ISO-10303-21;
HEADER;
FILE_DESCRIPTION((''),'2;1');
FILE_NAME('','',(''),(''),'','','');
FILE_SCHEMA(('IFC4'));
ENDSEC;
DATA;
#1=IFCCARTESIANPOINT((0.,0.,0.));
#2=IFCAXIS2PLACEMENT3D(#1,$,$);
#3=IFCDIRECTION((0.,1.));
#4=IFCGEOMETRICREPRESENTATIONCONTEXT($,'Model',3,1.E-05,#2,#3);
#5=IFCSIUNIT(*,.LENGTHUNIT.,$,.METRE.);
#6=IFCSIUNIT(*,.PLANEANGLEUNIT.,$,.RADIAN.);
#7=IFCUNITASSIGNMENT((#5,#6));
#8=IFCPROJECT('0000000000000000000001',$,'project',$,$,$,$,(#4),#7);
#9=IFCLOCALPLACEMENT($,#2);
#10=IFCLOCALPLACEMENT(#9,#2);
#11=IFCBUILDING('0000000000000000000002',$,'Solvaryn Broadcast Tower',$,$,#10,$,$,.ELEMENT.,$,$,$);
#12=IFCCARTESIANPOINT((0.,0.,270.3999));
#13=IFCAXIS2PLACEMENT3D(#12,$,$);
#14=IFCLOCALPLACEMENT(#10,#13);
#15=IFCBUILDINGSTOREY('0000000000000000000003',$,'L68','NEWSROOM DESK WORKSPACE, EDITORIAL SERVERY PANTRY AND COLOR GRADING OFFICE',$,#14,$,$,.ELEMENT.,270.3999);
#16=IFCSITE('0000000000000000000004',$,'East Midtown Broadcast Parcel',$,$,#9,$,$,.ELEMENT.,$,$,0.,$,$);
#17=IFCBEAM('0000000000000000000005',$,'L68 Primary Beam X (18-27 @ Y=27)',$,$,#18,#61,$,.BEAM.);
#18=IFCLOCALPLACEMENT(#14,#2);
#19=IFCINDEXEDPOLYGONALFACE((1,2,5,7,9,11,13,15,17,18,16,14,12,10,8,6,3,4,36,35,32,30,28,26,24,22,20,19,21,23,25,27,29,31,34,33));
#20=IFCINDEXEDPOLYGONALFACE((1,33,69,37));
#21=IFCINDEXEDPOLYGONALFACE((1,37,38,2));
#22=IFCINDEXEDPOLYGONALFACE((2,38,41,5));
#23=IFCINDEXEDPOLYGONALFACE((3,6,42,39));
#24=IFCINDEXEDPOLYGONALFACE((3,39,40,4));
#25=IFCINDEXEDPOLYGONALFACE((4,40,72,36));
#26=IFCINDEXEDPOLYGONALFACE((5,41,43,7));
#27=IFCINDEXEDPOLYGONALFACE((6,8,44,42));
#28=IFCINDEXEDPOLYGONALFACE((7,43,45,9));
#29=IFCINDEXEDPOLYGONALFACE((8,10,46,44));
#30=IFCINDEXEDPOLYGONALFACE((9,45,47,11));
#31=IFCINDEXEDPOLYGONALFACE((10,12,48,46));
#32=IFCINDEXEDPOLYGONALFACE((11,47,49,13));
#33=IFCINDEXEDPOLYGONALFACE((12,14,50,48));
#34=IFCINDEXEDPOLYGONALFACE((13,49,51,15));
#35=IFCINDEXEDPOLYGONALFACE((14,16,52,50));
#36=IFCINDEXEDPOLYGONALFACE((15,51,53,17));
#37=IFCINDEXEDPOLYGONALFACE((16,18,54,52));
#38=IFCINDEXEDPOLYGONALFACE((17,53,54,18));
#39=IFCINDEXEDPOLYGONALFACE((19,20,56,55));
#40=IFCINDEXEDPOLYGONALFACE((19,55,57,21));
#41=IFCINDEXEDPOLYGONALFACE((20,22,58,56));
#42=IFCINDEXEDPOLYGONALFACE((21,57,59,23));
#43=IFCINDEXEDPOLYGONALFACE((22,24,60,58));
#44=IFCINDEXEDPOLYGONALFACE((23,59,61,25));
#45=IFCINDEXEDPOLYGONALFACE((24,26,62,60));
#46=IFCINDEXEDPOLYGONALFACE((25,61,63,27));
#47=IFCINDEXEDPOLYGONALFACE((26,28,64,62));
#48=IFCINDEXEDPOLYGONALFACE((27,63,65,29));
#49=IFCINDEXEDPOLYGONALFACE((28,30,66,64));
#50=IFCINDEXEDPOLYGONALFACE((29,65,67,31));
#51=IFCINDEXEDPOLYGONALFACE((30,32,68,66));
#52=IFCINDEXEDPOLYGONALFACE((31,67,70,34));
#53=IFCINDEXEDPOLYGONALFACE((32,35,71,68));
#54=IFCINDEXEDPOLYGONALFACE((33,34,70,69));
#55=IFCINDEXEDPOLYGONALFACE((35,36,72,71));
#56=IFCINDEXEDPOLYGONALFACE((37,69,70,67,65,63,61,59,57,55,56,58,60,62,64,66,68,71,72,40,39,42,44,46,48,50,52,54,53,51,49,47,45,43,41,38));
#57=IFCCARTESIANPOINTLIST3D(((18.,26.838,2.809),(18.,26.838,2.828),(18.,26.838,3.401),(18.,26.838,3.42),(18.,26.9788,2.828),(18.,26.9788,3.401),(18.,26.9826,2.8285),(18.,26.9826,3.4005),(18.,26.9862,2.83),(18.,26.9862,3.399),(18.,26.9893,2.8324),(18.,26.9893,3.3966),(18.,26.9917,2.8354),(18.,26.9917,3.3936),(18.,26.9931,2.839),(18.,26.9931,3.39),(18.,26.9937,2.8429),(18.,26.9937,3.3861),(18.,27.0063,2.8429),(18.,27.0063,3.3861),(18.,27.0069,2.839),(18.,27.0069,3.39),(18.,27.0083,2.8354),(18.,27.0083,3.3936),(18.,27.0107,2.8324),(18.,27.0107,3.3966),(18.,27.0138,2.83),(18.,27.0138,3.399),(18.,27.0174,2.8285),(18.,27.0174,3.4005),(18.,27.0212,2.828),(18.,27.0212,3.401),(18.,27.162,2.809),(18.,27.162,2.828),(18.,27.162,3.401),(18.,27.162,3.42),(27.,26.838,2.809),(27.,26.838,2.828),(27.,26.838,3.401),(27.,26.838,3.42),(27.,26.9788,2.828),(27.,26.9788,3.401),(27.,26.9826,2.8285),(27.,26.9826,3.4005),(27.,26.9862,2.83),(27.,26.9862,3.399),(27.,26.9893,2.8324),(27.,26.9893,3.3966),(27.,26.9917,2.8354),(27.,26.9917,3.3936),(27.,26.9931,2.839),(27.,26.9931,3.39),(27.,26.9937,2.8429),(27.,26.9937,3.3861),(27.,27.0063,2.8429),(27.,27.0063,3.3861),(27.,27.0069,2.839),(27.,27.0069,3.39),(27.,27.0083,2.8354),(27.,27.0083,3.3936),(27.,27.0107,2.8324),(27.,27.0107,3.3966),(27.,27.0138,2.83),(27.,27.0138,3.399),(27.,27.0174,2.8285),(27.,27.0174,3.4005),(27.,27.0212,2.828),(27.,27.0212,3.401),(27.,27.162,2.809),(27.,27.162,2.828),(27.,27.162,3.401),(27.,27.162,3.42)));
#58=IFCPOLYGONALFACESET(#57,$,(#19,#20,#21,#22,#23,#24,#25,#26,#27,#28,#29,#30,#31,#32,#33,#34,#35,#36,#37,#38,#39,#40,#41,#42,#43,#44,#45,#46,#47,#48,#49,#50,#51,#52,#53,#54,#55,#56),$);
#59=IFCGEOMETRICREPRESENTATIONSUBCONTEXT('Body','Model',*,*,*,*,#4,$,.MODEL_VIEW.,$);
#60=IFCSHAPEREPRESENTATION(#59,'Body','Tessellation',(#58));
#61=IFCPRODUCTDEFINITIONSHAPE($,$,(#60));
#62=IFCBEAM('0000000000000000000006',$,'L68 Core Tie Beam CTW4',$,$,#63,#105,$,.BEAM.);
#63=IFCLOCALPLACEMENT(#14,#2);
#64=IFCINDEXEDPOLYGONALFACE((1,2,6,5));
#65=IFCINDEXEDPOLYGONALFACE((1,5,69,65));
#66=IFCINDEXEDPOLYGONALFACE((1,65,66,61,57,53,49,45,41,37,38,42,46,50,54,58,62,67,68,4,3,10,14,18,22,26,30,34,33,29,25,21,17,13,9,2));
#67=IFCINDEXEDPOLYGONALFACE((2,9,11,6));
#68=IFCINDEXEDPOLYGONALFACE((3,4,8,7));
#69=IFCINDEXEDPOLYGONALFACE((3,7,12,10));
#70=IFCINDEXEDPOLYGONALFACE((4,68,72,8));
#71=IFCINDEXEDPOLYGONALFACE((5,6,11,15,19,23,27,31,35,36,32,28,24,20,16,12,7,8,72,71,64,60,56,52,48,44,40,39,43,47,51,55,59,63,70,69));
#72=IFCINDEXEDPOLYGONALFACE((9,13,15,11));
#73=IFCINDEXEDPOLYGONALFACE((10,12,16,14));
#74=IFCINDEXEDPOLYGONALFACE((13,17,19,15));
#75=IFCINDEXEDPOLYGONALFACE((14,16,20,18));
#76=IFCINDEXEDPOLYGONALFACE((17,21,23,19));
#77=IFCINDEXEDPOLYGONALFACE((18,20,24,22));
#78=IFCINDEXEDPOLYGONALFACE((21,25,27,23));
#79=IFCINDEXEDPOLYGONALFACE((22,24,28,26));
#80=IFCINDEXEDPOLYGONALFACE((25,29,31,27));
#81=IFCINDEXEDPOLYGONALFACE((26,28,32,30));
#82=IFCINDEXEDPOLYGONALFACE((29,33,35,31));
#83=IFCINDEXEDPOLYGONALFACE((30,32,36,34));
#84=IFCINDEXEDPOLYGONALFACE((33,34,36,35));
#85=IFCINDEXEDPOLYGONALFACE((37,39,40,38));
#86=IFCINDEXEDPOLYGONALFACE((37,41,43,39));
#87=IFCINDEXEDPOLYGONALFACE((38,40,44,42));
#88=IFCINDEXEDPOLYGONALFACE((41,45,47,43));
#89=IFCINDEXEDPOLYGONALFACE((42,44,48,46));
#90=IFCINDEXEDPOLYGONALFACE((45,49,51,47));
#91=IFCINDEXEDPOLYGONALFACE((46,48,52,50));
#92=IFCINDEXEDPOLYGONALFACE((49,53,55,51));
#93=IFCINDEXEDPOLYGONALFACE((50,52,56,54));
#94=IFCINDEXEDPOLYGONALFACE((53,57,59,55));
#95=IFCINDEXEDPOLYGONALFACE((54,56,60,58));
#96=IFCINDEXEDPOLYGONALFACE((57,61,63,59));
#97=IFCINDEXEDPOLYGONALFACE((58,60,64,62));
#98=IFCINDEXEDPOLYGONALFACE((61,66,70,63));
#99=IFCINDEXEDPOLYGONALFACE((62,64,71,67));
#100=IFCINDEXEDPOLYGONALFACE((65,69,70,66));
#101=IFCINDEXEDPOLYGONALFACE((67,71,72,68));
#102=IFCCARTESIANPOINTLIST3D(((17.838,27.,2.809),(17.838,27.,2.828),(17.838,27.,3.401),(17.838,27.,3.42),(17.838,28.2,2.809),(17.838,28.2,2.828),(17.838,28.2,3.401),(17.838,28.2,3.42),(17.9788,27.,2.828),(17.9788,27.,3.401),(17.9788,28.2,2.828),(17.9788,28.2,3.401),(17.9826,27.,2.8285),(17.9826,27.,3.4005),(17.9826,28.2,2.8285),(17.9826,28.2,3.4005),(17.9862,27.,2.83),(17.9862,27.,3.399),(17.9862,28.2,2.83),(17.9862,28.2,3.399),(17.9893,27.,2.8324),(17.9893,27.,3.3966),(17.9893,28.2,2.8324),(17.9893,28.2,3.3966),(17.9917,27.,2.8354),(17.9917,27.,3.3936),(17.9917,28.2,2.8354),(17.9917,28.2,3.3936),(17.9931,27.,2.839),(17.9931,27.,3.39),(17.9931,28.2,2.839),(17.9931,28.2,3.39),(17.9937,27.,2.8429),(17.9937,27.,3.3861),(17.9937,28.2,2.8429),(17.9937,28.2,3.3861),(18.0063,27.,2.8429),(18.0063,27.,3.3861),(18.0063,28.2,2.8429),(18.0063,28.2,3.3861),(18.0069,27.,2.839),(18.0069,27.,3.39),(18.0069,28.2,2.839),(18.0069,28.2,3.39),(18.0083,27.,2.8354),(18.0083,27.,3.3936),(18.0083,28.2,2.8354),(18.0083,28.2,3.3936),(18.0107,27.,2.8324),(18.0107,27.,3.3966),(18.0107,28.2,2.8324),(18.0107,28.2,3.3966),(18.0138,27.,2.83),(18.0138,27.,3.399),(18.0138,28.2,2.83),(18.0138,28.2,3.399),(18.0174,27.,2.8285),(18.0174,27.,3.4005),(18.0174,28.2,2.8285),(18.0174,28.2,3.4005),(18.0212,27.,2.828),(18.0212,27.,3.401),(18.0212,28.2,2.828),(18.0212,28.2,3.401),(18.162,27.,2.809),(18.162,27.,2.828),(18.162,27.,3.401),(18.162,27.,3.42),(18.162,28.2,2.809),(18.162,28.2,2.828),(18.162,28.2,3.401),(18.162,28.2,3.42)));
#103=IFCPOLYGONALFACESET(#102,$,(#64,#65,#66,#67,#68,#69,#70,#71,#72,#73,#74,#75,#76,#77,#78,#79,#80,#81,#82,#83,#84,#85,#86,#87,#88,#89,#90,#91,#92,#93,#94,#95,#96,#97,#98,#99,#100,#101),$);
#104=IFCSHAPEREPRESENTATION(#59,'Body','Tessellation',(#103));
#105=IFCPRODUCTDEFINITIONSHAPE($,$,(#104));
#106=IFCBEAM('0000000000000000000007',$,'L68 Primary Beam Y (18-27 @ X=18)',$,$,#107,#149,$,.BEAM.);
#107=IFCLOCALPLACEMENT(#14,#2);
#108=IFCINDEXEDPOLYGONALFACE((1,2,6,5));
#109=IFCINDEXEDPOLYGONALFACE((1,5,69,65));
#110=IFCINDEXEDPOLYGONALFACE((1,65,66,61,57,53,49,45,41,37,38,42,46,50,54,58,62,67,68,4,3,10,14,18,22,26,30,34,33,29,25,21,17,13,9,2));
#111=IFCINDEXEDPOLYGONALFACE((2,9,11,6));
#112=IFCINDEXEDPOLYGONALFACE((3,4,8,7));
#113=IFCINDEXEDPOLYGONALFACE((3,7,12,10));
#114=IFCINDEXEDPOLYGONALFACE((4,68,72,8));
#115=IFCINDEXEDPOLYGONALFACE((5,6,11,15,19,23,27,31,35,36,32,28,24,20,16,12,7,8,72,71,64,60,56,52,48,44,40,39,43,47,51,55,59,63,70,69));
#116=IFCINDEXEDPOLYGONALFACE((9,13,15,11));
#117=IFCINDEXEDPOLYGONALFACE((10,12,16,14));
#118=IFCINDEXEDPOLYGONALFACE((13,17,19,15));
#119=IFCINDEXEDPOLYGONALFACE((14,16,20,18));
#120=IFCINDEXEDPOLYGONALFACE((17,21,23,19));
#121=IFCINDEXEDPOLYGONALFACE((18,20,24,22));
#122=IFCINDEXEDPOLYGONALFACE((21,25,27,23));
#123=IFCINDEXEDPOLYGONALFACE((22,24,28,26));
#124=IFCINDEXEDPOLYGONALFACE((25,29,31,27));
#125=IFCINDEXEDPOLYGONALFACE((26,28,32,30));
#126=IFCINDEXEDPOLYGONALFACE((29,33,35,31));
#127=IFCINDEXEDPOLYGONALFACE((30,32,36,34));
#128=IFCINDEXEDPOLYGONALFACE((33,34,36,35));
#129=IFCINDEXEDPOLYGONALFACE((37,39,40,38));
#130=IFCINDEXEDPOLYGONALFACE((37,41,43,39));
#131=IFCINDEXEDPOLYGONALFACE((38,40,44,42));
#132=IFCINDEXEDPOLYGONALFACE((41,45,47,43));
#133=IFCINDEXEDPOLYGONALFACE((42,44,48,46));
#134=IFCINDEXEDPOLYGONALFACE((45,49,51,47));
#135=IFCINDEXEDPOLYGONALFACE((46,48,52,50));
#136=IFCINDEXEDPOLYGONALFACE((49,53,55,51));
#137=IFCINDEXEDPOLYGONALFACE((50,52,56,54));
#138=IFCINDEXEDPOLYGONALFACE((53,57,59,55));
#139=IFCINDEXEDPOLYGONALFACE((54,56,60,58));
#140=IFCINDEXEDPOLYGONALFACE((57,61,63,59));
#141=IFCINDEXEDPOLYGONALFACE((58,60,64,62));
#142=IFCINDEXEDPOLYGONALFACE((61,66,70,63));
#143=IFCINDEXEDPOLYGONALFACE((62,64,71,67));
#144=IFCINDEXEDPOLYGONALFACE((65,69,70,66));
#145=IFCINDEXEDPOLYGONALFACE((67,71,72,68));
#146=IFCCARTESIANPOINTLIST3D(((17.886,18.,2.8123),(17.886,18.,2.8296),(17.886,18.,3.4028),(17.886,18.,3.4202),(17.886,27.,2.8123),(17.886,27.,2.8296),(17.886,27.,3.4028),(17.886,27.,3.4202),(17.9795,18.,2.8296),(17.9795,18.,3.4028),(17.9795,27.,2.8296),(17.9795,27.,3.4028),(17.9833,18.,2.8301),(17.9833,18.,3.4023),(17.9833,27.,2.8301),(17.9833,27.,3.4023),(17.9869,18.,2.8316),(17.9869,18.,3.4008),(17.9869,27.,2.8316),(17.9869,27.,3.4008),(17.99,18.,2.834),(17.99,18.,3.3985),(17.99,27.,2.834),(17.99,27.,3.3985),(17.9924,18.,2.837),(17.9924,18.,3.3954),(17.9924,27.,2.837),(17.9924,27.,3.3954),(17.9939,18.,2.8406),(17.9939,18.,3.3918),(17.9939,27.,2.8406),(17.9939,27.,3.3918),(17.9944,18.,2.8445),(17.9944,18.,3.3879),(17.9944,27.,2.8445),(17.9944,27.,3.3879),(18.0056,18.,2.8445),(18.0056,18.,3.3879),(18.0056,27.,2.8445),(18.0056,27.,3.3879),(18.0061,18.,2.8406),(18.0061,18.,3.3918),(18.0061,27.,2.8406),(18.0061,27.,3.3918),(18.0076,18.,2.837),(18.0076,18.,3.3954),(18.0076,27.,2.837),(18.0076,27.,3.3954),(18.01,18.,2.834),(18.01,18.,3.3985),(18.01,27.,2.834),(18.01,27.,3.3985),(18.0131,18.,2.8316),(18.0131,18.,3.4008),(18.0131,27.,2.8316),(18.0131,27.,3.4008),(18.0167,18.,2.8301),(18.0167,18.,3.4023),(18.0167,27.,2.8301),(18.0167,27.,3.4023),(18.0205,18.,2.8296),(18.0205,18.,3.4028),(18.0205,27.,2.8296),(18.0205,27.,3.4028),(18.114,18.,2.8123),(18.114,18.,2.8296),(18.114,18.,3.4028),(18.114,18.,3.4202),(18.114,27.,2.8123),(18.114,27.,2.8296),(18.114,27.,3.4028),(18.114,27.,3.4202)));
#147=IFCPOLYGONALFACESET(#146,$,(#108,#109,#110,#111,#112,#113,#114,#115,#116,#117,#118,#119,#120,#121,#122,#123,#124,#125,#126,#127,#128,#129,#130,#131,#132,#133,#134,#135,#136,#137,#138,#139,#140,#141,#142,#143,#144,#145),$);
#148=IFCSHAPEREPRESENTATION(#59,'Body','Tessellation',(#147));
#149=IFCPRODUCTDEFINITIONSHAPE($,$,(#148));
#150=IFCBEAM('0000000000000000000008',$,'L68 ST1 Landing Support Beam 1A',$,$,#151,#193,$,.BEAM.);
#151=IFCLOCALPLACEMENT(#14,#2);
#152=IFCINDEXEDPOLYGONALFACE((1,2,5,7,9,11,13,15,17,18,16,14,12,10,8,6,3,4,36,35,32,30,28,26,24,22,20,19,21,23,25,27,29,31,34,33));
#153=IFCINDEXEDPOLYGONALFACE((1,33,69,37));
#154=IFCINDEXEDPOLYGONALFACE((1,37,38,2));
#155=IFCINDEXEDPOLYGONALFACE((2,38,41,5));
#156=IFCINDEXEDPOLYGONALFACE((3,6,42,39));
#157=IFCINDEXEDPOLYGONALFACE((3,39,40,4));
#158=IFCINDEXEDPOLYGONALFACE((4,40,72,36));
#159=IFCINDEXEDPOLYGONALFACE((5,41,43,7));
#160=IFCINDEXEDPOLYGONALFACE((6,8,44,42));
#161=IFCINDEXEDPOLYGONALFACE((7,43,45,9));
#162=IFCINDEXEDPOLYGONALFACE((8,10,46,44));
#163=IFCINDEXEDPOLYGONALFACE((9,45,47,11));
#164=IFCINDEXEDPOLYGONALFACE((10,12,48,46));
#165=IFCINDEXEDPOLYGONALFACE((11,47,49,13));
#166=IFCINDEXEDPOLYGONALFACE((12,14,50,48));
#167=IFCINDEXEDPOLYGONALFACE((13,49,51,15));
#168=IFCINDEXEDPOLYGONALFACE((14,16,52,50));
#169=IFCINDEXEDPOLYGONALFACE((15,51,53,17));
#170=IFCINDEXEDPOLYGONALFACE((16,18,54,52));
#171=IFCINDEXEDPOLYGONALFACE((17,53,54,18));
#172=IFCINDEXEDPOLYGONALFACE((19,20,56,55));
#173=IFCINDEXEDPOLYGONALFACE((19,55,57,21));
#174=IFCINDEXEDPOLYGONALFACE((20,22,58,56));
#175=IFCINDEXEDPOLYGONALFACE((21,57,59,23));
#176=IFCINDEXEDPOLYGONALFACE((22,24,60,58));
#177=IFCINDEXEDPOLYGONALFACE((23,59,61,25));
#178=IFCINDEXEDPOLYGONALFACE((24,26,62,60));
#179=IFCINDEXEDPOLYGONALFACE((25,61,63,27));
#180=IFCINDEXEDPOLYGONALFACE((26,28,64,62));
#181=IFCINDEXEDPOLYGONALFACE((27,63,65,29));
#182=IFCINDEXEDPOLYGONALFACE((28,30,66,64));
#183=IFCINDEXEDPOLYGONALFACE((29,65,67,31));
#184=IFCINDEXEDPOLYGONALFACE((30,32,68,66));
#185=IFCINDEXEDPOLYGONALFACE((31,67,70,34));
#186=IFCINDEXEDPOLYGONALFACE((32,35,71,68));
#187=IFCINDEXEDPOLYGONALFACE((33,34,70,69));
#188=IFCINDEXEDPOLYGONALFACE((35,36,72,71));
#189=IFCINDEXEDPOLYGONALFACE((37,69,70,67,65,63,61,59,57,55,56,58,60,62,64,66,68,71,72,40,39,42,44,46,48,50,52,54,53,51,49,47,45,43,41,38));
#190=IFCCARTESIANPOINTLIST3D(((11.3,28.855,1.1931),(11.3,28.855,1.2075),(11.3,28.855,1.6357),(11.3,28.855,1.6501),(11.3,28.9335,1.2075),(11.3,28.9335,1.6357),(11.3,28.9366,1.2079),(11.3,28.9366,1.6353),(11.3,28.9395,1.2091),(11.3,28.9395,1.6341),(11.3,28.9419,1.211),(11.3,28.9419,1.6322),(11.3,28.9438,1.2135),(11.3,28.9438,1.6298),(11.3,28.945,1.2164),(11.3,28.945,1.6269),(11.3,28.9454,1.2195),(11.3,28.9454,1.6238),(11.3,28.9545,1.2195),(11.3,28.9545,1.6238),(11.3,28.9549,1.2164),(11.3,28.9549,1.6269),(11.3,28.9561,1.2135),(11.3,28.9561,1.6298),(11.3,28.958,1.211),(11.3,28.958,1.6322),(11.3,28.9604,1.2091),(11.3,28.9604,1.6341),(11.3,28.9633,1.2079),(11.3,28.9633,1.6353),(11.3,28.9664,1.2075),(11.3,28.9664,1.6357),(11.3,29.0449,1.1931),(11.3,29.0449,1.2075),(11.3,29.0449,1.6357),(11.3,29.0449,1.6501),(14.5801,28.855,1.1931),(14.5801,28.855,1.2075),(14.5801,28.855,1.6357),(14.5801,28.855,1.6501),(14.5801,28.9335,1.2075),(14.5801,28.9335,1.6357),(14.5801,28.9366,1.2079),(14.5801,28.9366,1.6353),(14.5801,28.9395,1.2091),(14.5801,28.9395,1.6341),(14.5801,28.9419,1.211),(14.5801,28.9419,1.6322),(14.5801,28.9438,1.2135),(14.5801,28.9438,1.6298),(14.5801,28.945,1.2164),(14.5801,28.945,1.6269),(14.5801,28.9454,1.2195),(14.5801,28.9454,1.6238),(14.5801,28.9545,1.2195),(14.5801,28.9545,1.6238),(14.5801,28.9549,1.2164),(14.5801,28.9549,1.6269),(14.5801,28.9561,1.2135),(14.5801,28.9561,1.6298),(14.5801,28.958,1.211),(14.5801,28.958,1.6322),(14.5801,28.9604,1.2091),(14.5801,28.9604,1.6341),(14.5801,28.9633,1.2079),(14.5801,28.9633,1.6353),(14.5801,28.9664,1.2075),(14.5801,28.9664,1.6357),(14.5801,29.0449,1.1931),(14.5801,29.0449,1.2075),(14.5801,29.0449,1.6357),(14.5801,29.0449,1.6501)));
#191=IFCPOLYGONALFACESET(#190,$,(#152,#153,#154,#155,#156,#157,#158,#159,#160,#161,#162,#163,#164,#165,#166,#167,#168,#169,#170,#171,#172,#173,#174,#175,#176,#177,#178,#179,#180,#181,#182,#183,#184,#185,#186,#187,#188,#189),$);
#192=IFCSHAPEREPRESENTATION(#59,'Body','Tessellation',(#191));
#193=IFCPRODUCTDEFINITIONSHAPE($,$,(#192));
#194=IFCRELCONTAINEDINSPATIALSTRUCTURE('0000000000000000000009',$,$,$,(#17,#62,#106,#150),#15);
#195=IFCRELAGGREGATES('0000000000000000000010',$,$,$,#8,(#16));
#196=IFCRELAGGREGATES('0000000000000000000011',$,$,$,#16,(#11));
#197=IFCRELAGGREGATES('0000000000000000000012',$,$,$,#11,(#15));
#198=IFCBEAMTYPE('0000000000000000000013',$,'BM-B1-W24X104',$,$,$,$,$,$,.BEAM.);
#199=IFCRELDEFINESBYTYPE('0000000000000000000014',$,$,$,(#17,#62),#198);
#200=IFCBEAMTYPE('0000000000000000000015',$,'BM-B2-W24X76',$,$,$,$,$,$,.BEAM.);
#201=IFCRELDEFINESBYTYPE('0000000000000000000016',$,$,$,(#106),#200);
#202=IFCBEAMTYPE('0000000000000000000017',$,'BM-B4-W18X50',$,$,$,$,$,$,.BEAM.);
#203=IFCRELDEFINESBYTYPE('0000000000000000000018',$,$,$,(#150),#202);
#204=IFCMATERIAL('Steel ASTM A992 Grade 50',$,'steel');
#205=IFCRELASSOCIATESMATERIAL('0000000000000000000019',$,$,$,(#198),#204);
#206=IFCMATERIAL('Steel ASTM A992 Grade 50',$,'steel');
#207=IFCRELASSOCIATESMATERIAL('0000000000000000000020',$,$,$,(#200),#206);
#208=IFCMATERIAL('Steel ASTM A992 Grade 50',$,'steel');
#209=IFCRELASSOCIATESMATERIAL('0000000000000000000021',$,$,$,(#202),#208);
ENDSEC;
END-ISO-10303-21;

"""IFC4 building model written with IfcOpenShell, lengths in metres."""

from ifc_helpers import new_model, si_unit, direction, frame, origin, origin_2d, place, context, subcontext, project, spatial, i_section, extrude, material, material_profile, profile_set, type_object, element, save


model = new_model("IFC4")

# Units and contexts
model_context = context("Model", 3, precision=1e-05, world=origin(), true_north=direction((0.0, 1.0)))
body_context = subcontext(model_context, "Body", "Model", "MODEL_VIEW")
ifc_project = project(units=[si_unit("LENGTHUNIT", "METRE"), si_unit("PLANEANGLEUNIT", "RADIAN")], contexts=[model_context])

# Site, building, storey
site_placement = place(None, origin())
site = spatial("IfcSite", under=ifc_project, at=site_placement, Name="East Midtown Broadcast Parcel", CompositionType="ELEMENT", RefElevation=0.0)
building_placement = place(site_placement, origin())
building = spatial("IfcBuilding", under=site, at=building_placement, Name="Solvaryn Broadcast Tower", CompositionType="ELEMENT")
storey_placement = place(building_placement, frame((0.0, 0.0, 270.3999)))
storey = spatial("IfcBuildingStorey", under=building, at=storey_placement, Name="L68", Description="NEWSROOM DESK WORKSPACE, EDITORIAL SERVERY PANTRY AND COLOR GRADING OFFICE", CompositionType="ELEMENT", Elevation=270.3999)

# Beams
ifc_material_1 = material(Name="Steel ASTM A992 Grade 50", Category="steel")
ifc_material_profile_1 = material_profile(ifc_material_1, i_section(OverallWidth=0.324, OverallDepth=0.6111, WebThickness=0.0127, FlangeThickness=0.019, FilletRadius=0.0149, at=origin_2d()))
ifc_profile_set_1 = profile_set([ifc_material_profile_1], Name="Steel ASTM A992 Grade 50")
beam_type_1 = type_object("IfcBeamType", Name="BM-B1-W24X104", PredefinedType="BEAM", material=ifc_profile_set_1)
for number, where, z_axis, x_axis, name in (
    (1, (18.0, 27.0, 3.1145), (1.0, 0.0, 0.0), (0.0, 1.0, 0.0), "L68 Primary Beam X (18-27 @ Y=27)"),
):
    element("IfcBeam", number, at=place(storey_placement, frame(where, z_axis=z_axis, x_axis=x_axis)), inside=storey, type_object=beam_type_1, Name=name, PredefinedType="BEAM", context=body_context, shape_type="SweptSolid", body=[
        extrude(i_section(OverallWidth=0.324, OverallDepth=0.6111, WebThickness=0.0127, FlangeThickness=0.019, FilletRadius=0.0149, at=origin_2d()), origin(), (0.0, 0.0, 1.0), 9.0),
    ])
beam_1_placement = place(storey_placement, frame((18.0, 27.0, 3.1145), z_axis=(0.0, 1.0, 0.0), x_axis=(-1.0, 0.0, 0.0)))
element("IfcBeam", 2, at=beam_1_placement, inside=storey, type_object=beam_type_1, Name="L68 Core Tie Beam CTW4", PredefinedType="BEAM", context=body_context, shape_type="SweptSolid", body=[
    extrude(i_section(OverallWidth=0.324, OverallDepth=0.6111, WebThickness=0.0127, FlangeThickness=0.019, FilletRadius=0.0149, at=origin_2d()), origin(), (0.0, 0.0, 1.0), 1.2),
])
ifc_material_2 = material(Name="Steel ASTM A992 Grade 50", Category="steel")
ifc_material_profile_2 = material_profile(ifc_material_2, i_section(OverallWidth=0.228, OverallDepth=0.6079, WebThickness=0.0112, FlangeThickness=0.0173, FilletRadius=0.0149, at=origin_2d()))
ifc_profile_set_2 = profile_set([ifc_material_profile_2], Name="Steel ASTM A992 Grade 50")
beam_type_2 = type_object("IfcBeamType", Name="BM-B2-W24X76", PredefinedType="BEAM", material=ifc_profile_set_2)
beam_2_placement = place(storey_placement, frame((18.0, 18.0, 3.1162), z_axis=(0.0, 1.0, 0.0), x_axis=(-1.0, 0.0, 0.0)))
element("IfcBeam", 3, at=beam_2_placement, inside=storey, type_object=beam_type_2, Name="L68 Primary Beam Y (18-27 @ X=18)", PredefinedType="BEAM", context=body_context, shape_type="SweptSolid", body=[
    extrude(i_section(OverallWidth=0.228, OverallDepth=0.6079, WebThickness=0.0112, FlangeThickness=0.0173, FilletRadius=0.0149, at=origin_2d()), origin(), (0.0, 0.0, 1.0), 9.0),
])
ifc_material_3 = material(Name="Steel ASTM A992 Grade 50", Category="steel")
ifc_material_profile_3 = material_profile(ifc_material_3, i_section(OverallWidth=0.1899, OverallDepth=0.457, WebThickness=0.009, FlangeThickness=0.0144, FilletRadius=0.012, at=origin_2d()))
ifc_profile_set_3 = profile_set([ifc_material_profile_3], Name="Steel ASTM A992 Grade 50")
beam_type_3 = type_object("IfcBeamType", Name="BM-B4-W18X50", PredefinedType="BEAM", material=ifc_profile_set_3)
beam_3_placement = place(storey_placement, frame((11.3, 28.95, 1.4216), z_axis=(1.0, 0.0, 0.0), x_axis=(0.0, 1.0, 0.0)))
element("IfcBeam", 4, at=beam_3_placement, inside=storey, type_object=beam_type_3, Name="L68 ST1 Landing Support Beam 1A", PredefinedType="BEAM", context=body_context, shape_type="SweptSolid", body=[
    extrude(i_section(OverallWidth=0.1899, OverallDepth=0.457, WebThickness=0.009, FlangeThickness=0.0144, FilletRadius=0.012, at=origin_2d()), origin(), (0.0, 0.0, 1.0), 3.28),
])

save(model, "model.ifc")
